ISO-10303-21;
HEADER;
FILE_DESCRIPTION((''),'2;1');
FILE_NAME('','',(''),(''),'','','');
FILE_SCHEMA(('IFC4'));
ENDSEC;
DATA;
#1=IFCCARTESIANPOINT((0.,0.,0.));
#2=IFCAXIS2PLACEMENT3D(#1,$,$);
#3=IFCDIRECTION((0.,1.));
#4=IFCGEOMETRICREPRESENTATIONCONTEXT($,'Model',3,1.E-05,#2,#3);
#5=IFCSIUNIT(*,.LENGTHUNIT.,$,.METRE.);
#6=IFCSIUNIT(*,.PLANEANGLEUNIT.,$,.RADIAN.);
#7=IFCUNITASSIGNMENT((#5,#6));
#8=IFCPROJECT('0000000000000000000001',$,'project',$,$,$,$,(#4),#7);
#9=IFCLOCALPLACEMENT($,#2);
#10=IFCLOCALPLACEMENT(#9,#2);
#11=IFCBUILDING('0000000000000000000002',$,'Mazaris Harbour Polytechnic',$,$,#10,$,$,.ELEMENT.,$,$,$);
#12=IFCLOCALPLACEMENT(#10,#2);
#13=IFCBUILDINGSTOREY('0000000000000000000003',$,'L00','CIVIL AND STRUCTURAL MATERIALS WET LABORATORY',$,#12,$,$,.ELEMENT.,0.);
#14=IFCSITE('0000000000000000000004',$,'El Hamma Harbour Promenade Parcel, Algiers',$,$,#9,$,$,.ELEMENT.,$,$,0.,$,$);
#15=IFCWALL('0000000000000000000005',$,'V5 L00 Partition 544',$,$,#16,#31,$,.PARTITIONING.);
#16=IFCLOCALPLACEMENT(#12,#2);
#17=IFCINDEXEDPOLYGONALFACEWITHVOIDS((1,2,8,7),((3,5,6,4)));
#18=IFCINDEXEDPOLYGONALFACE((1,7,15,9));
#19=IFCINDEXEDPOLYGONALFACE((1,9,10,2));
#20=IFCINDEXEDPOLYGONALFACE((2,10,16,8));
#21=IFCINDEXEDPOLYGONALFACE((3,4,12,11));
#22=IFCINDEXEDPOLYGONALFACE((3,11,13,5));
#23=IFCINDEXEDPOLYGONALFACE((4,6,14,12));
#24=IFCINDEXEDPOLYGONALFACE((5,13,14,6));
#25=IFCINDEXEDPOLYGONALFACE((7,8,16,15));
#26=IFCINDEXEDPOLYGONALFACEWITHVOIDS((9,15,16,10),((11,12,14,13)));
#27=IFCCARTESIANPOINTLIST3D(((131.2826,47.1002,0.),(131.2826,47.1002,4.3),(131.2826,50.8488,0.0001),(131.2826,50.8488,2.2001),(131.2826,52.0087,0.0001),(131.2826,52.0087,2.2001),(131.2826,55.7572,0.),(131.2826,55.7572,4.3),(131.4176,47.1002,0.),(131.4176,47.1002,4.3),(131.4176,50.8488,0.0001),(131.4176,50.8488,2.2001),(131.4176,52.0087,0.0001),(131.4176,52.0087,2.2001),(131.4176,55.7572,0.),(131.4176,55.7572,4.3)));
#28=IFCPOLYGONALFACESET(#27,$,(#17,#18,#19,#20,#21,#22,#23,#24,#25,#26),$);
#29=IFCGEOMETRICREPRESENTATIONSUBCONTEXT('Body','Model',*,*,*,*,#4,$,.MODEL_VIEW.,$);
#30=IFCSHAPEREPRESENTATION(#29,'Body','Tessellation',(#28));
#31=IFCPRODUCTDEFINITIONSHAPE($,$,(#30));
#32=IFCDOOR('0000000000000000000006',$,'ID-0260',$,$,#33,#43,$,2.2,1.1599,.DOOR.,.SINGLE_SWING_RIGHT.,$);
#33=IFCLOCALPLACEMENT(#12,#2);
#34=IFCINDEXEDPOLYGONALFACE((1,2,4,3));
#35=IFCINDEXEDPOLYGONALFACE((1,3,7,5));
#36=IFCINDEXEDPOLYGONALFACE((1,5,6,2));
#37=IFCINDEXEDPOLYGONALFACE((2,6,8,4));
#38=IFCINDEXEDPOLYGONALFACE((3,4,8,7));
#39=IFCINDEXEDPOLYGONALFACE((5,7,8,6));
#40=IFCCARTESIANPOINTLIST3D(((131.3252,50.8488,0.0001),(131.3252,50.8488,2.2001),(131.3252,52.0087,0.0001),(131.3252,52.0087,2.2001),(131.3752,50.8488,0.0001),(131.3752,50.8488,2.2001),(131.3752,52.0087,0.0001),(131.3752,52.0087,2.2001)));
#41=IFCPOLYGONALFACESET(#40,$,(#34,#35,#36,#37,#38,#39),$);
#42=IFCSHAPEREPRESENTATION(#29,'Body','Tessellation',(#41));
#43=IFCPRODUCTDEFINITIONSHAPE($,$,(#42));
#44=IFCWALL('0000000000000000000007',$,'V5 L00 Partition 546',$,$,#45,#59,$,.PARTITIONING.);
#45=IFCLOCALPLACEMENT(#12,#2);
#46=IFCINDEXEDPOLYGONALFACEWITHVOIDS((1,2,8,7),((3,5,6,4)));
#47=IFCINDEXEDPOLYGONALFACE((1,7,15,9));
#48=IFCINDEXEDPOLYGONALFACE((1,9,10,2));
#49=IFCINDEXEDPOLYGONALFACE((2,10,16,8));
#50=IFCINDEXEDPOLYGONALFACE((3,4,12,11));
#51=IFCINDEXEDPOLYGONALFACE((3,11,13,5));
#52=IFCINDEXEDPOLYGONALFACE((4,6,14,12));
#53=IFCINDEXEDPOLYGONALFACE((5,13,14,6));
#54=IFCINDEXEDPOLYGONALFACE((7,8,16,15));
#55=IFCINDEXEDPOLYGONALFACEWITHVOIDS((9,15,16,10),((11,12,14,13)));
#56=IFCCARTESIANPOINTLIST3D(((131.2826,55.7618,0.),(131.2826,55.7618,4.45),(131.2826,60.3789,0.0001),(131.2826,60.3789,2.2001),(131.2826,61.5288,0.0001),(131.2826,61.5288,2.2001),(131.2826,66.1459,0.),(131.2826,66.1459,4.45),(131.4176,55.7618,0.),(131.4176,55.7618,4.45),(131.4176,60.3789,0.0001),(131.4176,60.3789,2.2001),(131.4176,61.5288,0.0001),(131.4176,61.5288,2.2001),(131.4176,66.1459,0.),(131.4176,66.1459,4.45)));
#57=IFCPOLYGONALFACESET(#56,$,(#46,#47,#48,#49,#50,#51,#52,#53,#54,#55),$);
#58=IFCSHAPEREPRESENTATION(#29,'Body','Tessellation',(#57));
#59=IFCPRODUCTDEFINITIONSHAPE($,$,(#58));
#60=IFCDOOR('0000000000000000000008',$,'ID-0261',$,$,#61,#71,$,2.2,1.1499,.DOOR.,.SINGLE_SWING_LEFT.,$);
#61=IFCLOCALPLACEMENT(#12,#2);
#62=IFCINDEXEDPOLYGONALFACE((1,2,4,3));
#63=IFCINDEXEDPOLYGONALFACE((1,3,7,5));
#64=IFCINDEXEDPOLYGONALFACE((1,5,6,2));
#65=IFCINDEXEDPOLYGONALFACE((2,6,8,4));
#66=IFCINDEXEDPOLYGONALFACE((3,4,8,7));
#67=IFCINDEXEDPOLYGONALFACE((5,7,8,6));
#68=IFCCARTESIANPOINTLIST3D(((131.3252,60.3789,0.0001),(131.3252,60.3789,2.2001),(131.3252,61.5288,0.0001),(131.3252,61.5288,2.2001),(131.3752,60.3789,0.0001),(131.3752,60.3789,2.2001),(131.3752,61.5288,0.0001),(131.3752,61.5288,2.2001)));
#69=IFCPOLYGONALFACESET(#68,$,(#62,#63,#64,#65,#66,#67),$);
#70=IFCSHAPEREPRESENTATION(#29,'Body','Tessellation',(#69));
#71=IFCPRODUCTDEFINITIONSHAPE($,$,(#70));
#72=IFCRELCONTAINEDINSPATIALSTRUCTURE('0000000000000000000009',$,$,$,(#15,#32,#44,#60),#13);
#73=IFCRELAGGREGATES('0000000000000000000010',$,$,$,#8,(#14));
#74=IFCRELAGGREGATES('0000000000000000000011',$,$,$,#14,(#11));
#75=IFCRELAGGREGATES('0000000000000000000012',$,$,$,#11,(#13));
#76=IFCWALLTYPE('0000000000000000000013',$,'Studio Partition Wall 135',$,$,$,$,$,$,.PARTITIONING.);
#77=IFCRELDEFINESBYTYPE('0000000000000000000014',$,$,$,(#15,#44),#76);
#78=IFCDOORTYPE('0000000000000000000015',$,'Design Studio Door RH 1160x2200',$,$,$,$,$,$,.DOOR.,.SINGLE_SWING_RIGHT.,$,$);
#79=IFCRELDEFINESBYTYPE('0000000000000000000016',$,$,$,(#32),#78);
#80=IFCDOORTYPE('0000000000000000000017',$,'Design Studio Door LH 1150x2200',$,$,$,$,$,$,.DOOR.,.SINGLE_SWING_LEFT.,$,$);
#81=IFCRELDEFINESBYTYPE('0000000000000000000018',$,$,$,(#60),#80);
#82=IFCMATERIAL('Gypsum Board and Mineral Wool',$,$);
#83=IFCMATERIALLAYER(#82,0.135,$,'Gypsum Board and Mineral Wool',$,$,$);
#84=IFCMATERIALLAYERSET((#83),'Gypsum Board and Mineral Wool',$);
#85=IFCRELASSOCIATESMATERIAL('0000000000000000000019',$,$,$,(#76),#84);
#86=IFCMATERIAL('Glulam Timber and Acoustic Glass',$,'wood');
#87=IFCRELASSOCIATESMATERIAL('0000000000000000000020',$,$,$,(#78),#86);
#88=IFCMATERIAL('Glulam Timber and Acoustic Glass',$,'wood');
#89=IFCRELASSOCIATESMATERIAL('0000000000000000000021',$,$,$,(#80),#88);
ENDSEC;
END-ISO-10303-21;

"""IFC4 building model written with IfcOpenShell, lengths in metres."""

from ifc_helpers import new_model, si_unit, direction, frame, frame_2d, origin, place, context, subcontext, project, spatial, rectangle, extrude, material, layer, layer_set, type_object, element, fill, save


model = new_model("IFC4")

# Units and contexts
model_context = context("Model", 3, precision=1e-05, world=origin(), true_north=direction((0.0, 1.0)))
body_context = subcontext(model_context, "Body", "Model", "MODEL_VIEW")
ifc_project = project(units=[si_unit("LENGTHUNIT", "METRE"), si_unit("PLANEANGLEUNIT", "RADIAN")], contexts=[model_context])

# Site, building, storey
site_placement = place(None, origin())
site = spatial("IfcSite", under=ifc_project, at=site_placement, Name="El Hamma Harbour Promenade Parcel, Algiers", CompositionType="ELEMENT", RefElevation=0.0)
building_placement = place(site_placement, origin())
building = spatial("IfcBuilding", under=site, at=building_placement, Name="Mazaris Harbour Polytechnic", CompositionType="ELEMENT")
storey_placement = place(building_placement, origin())
storey = spatial("IfcBuildingStorey", under=building, at=storey_placement, Name="L00", Description="CIVIL AND STRUCTURAL MATERIALS WET LABORATORY", CompositionType="ELEMENT", Elevation=0.0)

# Walls, openings, doors
ifc_material_1 = material(Name="Gypsum Board and Mineral Wool")
ifc_layer_1 = layer(ifc_material_1, 0.135, Name="Gypsum Board and Mineral Wool")
ifc_layer_set_1 = layer_set([ifc_layer_1], Name="Gypsum Board and Mineral Wool")
wall_type_1 = type_object("IfcWallType", Name="Studio Partition Wall 135", PredefinedType="PARTITIONING", material=ifc_layer_set_1)
wall_1_placement = place(storey_placement, frame((131.3501, 47.1001, 0.0), z_axis=(0.0, 0.0, 1.0), x_axis=(0.0, 1.0, 0.0)))
wall_1 = element("IfcWall", 1, at=wall_1_placement, inside=storey, type_object=wall_type_1, Name="V5 L00 Partition 544", PredefinedType="PARTITIONING", context=body_context, shape_type="SweptSolid", body=[
    extrude(rectangle(XDim=8.657, YDim=0.135, at=frame_2d((4.3286, 0.0))), origin(), (0.0, 0.0, 1.0), 4.3),
])
opening_1_placement = place(wall_1_placement, frame((3.7485, 0.0, 0.0)))
opening_1 = element("IfcOpeningElement", 2, at=opening_1_placement, cuts=wall_1, PredefinedType="OPENING", context=body_context, shape_type="SweptSolid", body=[
    extrude(rectangle(XDim=1.1599, YDim=2.2, at=frame_2d((0.5801, 1.1001))), frame((0.0, 0.0774, 0.0), z_axis=(0.0, -1.0, 0.0), x_axis=(1.0, 0.0, 0.0)), (0.0, 0.0, 1.0), 0.155),
])
ifc_material_2 = material(Name="Glulam Timber and Acoustic Glass", Category="wood")
door_type_1 = type_object("IfcDoorType", Name="Design Studio Door RH 1160x2200", OperationType="SINGLE_SWING_RIGHT", PredefinedType="DOOR", material=ifc_material_2)
door_1_placement = place(opening_1_placement, origin())
door_1 = element("IfcDoor", 3, at=door_1_placement, inside=storey, type_object=door_type_1, Name="ID-0260", OperationType="SINGLE_SWING_RIGHT", OverallHeight=2.2, OverallWidth=1.1599, PredefinedType="DOOR", context=body_context, shape_type="SweptSolid", body=[
    extrude(rectangle(XDim=1.1599, YDim=2.2, at=frame_2d((0.5801, 1.1001))), frame((0.0, 0.0249, 0.0), z_axis=(0.0, -1.0, 0.0), x_axis=(1.0, 0.0, 0.0)), (0.0, 0.0, 1.0), 0.05),
])
fill(opening_1, door_1)
wall_2_placement = place(storey_placement, frame((131.3501, 55.762, 0.0), z_axis=(0.0, 0.0, 1.0), x_axis=(0.0, 1.0, 0.0)))
wall_2 = element("IfcWall", 4, at=wall_2_placement, inside=storey, type_object=wall_type_1, Name="V5 L00 Partition 546", PredefinedType="PARTITIONING", context=body_context, shape_type="SweptSolid", body=[
    extrude(rectangle(XDim=10.384, YDim=0.135, at=frame_2d((5.1919, 0.0))), origin(), (0.0, 0.0, 1.0), 4.45),
])
opening_2_placement = place(wall_2_placement, frame((4.6169, 0.0, 0.0)))
opening_2 = element("IfcOpeningElement", 5, at=opening_2_placement, cuts=wall_2, PredefinedType="OPENING", context=body_context, shape_type="SweptSolid", body=[
    extrude(rectangle(XDim=1.1499, YDim=2.2, at=frame_2d((0.575, 1.1001))), frame((0.0, 0.0774, 0.0), z_axis=(0.0, -1.0, 0.0), x_axis=(1.0, 0.0, 0.0)), (0.0, 0.0, 1.0), 0.155),
])
ifc_material_3 = material(Name="Glulam Timber and Acoustic Glass", Category="wood")
door_type_2 = type_object("IfcDoorType", Name="Design Studio Door LH 1150x2200", OperationType="SINGLE_SWING_LEFT", PredefinedType="DOOR", material=ifc_material_3)
door_2_placement = place(opening_2_placement, origin())
door_2 = element("IfcDoor", 6, at=door_2_placement, inside=storey, type_object=door_type_2, Name="ID-0261", OperationType="SINGLE_SWING_LEFT", OverallHeight=2.2, OverallWidth=1.1499, PredefinedType="DOOR", context=body_context, shape_type="SweptSolid", body=[
    extrude(rectangle(XDim=1.1499, YDim=2.2, at=frame_2d((0.575, 1.1001))), frame((0.0, 0.0249, 0.0), z_axis=(0.0, -1.0, 0.0), x_axis=(1.0, 0.0, 0.0)), (0.0, 0.0, 1.0), 0.05),
])
fill(opening_2, door_2)

save(model, "model.ifc")
